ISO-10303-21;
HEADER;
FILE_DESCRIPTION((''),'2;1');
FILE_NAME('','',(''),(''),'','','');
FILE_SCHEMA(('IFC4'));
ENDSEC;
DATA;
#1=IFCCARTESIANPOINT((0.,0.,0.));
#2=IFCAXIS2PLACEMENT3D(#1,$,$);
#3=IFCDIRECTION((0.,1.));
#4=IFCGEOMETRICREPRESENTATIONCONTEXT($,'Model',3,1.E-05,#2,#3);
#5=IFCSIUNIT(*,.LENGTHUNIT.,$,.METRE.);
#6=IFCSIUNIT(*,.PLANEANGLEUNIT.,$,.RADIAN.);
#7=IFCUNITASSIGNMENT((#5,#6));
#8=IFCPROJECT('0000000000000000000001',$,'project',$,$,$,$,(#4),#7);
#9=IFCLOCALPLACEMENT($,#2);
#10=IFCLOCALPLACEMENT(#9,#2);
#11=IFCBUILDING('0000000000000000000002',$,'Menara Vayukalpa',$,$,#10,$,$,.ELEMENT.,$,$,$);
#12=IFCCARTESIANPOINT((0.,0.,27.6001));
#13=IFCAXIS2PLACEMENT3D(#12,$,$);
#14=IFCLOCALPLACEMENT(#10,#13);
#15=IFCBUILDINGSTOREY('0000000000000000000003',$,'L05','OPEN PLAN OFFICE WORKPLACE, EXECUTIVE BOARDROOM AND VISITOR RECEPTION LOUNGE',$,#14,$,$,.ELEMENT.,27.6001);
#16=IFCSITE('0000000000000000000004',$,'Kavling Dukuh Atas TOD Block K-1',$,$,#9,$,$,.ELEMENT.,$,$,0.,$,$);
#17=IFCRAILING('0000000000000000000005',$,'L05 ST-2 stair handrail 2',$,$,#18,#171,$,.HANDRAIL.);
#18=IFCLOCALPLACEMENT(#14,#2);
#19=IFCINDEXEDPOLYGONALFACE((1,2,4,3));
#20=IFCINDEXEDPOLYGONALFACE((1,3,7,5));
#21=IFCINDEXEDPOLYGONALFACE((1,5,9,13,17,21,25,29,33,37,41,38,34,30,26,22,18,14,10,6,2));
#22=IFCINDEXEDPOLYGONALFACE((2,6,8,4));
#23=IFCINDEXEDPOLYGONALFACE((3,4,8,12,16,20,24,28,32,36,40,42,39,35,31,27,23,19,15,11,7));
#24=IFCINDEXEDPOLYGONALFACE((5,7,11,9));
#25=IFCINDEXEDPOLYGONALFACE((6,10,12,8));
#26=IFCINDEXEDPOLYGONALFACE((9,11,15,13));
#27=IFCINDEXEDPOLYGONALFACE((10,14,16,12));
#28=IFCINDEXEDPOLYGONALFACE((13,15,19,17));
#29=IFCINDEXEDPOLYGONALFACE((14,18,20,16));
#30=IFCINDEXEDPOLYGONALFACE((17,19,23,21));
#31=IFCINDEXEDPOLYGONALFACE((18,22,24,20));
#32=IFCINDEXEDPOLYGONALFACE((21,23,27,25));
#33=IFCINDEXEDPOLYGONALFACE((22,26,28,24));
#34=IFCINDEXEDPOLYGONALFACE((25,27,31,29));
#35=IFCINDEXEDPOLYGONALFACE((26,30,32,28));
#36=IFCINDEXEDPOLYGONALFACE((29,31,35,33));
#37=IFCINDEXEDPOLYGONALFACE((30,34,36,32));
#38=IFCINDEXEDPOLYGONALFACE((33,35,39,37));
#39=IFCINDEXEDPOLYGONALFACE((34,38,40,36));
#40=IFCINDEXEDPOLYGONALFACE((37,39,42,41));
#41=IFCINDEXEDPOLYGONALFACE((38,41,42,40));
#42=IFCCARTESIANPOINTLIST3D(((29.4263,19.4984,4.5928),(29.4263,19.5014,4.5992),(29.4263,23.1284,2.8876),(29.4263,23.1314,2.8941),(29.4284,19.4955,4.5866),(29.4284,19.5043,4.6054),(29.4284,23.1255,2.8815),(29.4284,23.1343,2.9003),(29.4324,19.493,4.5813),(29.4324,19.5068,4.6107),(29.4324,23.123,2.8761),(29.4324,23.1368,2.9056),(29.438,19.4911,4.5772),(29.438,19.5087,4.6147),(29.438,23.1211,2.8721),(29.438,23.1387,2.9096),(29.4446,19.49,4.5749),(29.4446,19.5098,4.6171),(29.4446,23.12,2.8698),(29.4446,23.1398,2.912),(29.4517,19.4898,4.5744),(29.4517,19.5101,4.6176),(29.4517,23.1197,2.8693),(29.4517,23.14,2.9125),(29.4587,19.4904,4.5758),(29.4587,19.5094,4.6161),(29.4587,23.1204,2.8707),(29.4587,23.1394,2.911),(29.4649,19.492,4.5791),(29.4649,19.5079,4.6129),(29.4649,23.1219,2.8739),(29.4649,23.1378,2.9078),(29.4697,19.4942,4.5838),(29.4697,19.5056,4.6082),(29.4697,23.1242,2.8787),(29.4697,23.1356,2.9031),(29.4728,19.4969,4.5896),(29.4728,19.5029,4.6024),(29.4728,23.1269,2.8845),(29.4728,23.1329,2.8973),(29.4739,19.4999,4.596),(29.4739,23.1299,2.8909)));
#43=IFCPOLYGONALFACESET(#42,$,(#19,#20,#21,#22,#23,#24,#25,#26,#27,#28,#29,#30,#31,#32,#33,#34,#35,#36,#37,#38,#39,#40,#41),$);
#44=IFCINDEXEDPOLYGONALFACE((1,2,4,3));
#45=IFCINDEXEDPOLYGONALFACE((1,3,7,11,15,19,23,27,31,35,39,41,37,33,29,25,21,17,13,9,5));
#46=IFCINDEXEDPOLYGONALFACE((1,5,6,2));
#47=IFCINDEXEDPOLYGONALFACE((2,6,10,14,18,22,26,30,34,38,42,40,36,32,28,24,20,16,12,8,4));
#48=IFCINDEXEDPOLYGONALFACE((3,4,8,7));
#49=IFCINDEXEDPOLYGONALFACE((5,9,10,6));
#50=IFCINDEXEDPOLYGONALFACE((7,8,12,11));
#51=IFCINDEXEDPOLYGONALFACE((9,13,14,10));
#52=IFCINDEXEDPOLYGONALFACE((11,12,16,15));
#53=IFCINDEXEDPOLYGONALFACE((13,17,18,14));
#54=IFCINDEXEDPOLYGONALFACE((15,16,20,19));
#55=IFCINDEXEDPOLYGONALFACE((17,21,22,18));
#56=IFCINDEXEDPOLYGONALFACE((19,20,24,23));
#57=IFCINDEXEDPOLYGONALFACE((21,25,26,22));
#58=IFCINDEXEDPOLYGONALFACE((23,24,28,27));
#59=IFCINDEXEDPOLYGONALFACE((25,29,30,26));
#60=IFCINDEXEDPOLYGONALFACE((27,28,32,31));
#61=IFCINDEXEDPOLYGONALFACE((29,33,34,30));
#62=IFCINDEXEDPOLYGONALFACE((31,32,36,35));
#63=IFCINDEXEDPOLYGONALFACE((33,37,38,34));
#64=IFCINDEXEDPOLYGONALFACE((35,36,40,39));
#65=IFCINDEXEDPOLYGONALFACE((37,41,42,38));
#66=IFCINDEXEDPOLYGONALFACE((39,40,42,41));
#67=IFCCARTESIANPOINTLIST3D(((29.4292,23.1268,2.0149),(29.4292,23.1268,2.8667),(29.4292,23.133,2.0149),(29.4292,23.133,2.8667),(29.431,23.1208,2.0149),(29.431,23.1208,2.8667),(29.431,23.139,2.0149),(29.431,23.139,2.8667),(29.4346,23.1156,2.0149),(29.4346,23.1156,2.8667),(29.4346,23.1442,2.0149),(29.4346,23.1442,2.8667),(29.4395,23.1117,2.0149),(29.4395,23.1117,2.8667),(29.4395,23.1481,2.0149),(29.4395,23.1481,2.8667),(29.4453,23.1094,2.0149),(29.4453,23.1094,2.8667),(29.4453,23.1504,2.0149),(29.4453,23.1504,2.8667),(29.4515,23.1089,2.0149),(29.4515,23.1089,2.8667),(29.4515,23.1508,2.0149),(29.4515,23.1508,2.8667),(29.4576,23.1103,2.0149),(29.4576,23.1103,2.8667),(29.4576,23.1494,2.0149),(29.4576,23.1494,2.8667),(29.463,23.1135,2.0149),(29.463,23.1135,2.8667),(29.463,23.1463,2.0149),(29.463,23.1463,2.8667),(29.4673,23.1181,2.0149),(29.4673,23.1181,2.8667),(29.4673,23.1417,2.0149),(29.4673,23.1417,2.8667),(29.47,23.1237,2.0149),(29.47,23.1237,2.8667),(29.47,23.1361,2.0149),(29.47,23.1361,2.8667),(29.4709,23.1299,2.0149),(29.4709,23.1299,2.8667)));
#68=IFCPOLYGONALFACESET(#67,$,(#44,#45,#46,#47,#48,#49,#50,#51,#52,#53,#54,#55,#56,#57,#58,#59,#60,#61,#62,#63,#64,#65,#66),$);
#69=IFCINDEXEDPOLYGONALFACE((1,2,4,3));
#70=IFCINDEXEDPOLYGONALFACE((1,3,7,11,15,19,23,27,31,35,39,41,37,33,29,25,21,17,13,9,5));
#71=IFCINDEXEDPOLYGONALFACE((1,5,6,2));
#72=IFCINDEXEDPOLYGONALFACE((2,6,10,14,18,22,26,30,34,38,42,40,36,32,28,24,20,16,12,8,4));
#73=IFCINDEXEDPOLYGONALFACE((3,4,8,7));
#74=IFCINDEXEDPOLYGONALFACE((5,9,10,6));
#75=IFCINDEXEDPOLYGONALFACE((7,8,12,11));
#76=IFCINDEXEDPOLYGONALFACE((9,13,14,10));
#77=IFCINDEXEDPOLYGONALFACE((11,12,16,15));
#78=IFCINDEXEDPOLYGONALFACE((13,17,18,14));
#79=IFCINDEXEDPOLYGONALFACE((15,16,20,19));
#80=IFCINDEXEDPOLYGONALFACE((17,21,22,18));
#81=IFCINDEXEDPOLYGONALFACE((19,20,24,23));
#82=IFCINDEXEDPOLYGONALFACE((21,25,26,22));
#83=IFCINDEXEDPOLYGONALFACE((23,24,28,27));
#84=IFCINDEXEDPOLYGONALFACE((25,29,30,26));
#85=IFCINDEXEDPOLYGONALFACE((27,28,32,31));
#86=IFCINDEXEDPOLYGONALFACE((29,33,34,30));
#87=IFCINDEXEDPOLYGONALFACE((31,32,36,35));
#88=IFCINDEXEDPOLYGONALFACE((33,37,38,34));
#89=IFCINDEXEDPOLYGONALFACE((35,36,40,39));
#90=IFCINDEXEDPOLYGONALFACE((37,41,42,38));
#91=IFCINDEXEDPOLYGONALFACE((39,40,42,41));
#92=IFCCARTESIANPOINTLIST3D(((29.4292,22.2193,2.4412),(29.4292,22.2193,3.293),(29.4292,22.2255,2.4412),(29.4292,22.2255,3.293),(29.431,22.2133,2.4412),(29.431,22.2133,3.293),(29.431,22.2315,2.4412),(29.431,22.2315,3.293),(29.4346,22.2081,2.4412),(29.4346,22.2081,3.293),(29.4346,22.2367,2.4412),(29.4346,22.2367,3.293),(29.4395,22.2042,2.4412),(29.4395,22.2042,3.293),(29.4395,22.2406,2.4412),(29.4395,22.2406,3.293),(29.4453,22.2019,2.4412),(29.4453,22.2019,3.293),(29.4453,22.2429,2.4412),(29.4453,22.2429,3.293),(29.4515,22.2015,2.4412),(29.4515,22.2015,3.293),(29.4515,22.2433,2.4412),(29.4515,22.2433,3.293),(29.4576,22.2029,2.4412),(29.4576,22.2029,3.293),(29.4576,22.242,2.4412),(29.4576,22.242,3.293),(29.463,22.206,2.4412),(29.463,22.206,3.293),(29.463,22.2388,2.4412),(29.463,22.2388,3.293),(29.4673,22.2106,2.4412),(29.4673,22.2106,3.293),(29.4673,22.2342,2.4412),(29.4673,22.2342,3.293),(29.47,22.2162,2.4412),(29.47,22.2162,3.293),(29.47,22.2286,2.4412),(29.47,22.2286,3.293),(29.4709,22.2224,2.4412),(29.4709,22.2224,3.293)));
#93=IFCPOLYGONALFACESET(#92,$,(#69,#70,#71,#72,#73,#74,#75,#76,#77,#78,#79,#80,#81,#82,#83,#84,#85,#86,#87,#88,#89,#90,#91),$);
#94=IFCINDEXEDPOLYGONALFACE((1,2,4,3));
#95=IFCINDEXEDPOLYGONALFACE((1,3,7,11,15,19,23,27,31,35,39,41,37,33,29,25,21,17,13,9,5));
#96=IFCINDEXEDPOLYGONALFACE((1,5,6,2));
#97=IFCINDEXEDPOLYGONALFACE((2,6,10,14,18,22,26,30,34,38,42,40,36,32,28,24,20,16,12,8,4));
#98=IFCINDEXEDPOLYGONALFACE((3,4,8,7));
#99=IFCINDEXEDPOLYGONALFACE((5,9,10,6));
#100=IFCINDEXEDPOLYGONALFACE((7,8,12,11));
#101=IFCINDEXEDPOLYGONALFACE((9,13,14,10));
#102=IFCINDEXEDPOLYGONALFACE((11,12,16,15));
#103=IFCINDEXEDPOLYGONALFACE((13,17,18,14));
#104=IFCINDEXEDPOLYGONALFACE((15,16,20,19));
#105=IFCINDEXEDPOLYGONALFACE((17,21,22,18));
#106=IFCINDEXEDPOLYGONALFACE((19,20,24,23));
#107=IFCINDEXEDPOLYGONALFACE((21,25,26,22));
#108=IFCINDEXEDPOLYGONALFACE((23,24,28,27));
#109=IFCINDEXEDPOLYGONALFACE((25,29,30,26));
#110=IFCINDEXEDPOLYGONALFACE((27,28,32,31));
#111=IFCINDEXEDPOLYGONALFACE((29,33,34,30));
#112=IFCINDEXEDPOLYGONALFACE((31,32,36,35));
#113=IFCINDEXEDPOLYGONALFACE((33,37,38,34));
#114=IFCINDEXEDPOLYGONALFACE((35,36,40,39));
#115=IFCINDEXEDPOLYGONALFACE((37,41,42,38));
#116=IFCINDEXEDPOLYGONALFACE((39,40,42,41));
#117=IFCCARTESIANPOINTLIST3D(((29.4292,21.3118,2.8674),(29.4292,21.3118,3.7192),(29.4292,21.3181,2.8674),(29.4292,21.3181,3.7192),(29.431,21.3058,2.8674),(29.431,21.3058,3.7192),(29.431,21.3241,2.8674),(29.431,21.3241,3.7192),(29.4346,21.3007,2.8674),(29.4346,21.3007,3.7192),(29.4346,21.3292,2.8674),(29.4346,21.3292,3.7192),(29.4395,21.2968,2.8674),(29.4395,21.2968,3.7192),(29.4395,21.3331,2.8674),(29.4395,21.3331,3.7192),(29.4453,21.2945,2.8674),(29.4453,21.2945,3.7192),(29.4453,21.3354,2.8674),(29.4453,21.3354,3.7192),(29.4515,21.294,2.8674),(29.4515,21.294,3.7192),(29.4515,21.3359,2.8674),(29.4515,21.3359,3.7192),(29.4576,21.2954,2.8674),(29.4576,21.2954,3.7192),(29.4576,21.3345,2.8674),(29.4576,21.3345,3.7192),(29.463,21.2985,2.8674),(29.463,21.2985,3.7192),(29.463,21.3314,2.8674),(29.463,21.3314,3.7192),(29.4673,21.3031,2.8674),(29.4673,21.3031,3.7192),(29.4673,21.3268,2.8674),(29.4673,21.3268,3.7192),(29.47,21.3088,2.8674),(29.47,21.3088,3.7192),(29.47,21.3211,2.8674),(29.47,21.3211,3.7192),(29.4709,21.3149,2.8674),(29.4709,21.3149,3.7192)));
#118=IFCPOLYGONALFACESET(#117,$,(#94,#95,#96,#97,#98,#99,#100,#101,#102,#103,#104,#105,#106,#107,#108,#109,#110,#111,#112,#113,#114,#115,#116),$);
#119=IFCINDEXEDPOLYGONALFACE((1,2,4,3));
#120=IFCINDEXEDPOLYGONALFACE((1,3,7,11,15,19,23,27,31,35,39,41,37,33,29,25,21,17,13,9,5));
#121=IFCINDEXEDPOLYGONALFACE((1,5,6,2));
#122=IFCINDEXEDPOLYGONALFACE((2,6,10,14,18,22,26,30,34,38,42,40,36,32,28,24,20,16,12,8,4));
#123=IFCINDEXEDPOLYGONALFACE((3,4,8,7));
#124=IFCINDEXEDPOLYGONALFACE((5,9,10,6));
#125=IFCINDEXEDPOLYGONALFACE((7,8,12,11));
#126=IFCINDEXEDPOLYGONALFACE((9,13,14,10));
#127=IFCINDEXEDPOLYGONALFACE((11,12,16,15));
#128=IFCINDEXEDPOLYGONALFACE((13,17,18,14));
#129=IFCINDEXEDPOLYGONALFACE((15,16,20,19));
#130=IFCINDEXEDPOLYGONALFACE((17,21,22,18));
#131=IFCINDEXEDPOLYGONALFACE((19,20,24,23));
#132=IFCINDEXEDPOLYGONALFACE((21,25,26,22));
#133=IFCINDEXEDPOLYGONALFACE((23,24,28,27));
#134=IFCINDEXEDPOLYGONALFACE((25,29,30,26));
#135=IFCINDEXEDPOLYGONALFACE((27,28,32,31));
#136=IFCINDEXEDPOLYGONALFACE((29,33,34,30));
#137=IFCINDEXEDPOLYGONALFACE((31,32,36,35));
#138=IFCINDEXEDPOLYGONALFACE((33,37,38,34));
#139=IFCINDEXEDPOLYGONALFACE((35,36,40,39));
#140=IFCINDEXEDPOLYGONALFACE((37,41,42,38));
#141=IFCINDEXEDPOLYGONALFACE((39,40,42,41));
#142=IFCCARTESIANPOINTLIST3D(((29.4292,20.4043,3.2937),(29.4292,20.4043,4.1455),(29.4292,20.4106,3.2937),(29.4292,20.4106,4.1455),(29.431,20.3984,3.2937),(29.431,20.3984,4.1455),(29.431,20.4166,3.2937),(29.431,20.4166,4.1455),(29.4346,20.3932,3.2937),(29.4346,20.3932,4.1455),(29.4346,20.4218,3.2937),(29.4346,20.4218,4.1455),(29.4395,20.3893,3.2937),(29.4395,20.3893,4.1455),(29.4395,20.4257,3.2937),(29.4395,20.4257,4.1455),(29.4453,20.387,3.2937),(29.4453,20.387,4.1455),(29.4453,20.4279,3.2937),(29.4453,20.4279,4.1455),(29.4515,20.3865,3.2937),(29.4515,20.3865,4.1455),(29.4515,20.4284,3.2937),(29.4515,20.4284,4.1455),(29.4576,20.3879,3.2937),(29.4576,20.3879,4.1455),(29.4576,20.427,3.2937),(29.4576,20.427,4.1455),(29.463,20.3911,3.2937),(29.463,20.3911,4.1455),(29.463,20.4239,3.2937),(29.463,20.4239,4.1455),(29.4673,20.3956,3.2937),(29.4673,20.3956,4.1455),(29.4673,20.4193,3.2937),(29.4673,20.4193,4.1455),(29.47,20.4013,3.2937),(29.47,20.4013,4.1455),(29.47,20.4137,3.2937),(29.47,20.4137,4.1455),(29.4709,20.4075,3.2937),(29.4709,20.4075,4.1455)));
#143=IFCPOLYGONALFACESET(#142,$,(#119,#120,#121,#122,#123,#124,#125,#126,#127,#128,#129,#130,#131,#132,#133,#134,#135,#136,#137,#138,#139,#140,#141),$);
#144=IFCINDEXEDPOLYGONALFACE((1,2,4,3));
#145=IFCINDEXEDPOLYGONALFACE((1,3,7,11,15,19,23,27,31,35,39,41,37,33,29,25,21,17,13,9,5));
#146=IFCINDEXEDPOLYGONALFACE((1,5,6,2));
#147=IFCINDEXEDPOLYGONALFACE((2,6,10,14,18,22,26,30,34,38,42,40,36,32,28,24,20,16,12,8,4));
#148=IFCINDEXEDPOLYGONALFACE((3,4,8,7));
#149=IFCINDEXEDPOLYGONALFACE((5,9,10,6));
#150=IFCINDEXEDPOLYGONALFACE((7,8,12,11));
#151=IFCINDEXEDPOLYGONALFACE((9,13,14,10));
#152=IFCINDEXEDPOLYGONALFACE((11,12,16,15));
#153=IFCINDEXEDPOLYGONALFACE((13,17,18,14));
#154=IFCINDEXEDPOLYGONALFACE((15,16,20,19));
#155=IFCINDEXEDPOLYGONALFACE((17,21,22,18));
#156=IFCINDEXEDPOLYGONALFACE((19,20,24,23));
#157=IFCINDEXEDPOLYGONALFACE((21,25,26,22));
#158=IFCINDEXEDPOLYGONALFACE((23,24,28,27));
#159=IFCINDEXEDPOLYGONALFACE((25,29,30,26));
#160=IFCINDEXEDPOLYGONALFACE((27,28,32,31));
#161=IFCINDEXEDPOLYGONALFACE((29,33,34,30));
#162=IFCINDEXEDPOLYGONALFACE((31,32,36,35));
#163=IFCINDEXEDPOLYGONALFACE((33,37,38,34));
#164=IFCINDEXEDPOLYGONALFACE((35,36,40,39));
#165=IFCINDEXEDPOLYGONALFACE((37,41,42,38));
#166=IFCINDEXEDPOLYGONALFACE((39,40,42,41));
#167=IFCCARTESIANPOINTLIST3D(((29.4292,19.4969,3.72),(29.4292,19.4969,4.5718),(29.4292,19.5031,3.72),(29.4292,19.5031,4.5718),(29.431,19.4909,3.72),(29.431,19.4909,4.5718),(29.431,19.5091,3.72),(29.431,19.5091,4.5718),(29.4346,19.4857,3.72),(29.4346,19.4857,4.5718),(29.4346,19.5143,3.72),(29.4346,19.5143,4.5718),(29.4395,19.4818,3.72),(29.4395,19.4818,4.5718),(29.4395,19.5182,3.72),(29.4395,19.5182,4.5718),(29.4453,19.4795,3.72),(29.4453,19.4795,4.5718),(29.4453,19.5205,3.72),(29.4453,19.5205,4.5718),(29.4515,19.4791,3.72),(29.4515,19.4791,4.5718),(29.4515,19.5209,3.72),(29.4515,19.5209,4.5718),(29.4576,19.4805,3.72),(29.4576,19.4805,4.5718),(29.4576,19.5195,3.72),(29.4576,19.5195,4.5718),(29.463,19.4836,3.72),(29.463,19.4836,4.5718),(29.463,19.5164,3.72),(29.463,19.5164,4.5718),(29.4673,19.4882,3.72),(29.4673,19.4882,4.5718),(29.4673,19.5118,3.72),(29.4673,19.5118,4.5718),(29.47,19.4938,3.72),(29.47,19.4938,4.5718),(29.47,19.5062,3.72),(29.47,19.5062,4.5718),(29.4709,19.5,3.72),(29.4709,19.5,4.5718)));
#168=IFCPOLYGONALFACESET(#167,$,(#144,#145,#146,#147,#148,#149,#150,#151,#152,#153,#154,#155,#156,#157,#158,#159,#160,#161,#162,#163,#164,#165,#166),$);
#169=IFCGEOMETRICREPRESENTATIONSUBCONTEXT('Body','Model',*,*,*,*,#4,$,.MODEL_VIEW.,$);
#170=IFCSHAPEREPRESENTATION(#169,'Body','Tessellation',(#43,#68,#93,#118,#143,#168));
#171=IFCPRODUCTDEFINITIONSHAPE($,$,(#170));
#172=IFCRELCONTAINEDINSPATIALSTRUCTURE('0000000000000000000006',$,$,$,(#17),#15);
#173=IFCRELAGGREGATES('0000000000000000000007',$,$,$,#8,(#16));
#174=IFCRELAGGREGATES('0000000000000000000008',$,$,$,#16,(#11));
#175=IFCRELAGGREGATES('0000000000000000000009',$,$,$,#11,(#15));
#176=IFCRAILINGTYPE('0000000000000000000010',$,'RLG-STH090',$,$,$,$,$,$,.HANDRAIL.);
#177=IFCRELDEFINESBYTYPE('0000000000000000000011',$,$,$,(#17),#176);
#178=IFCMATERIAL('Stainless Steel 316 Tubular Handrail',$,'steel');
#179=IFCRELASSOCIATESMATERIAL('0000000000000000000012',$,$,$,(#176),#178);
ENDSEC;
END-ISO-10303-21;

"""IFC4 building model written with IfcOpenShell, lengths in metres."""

from ifc_helpers import new_model, si_unit, direction, frame, origin, origin_2d, place, context, subcontext, project, spatial, circle, extrude, material, type_object, element, save


model = new_model("IFC4")

# Units and contexts
model_context = context("Model", 3, precision=1e-05, world=origin(), true_north=direction((0.0, 1.0)))
body_context = subcontext(model_context, "Body", "Model", "MODEL_VIEW")
ifc_project = project(units=[si_unit("LENGTHUNIT", "METRE"), si_unit("PLANEANGLEUNIT", "RADIAN")], contexts=[model_context])

# Site, building, storey
site_placement = place(None, origin())
site = spatial("IfcSite", under=ifc_project, at=site_placement, Name="Kavling Dukuh Atas TOD Block K-1", CompositionType="ELEMENT", RefElevation=0.0)
building_placement = place(site_placement, origin())
building = spatial("IfcBuilding", under=site, at=building_placement, Name="Menara Vayukalpa", CompositionType="ELEMENT")
storey_placement = place(building_placement, frame((0.0, 0.0, 27.6001)))
storey = spatial("IfcBuildingStorey", under=building, at=storey_placement, Name="L05", Description="OPEN PLAN OFFICE WORKPLACE, EXECUTIVE BOARDROOM AND VISITOR RECEPTION LOUNGE", CompositionType="ELEMENT", Elevation=27.6001)

# Railing
ifc_material_1 = material(Name="Stainless Steel 316 Tubular Handrail", Category="steel")
railing_type = type_object("IfcRailingType", Name="RLG-STH090", PredefinedType="HANDRAIL", material=ifc_material_1)
railing_placement = place(storey_placement, frame((29.45, 23.1299, 2.0149)))
element("IfcRailing", 1, at=railing_placement, inside=storey, type_object=railing_type, Name="L05 ST-2 stair handrail 2", PredefinedType="HANDRAIL", context=body_context, shape_type="SweptSolid", body=[
    extrude(circle(Radius=0.0239, at=origin_2d()), frame((0.0, 0.0, 0.876), z_axis=(0.0, -0.905116, 0.425164), x_axis=(1.0, 0.0, 0.0)), (0.0, 0.0, 1.0), 4.0105),
    extrude(circle(Radius=0.021, at=origin_2d()), origin(), (0.0, 0.0, 1.0), 0.8518),
    extrude(circle(Radius=0.021, at=origin_2d()), frame((0.0, -0.9075, 0.4263)), (0.0, 0.0, 1.0), 0.8518),
    extrude(circle(Radius=0.021, at=origin_2d()), frame((0.0, -1.8149, 0.8525)), (0.0, 0.0, 1.0), 0.8518),
    extrude(circle(Radius=0.021, at=origin_2d()), frame((0.0, -2.7224, 1.2788)), (0.0, 0.0, 1.0), 0.8518),
    extrude(circle(Radius=0.021, at=origin_2d()), frame((0.0, -3.6299, 1.7051)), (0.0, 0.0, 1.0), 0.8518),
])

save(model, "model.ifc")
